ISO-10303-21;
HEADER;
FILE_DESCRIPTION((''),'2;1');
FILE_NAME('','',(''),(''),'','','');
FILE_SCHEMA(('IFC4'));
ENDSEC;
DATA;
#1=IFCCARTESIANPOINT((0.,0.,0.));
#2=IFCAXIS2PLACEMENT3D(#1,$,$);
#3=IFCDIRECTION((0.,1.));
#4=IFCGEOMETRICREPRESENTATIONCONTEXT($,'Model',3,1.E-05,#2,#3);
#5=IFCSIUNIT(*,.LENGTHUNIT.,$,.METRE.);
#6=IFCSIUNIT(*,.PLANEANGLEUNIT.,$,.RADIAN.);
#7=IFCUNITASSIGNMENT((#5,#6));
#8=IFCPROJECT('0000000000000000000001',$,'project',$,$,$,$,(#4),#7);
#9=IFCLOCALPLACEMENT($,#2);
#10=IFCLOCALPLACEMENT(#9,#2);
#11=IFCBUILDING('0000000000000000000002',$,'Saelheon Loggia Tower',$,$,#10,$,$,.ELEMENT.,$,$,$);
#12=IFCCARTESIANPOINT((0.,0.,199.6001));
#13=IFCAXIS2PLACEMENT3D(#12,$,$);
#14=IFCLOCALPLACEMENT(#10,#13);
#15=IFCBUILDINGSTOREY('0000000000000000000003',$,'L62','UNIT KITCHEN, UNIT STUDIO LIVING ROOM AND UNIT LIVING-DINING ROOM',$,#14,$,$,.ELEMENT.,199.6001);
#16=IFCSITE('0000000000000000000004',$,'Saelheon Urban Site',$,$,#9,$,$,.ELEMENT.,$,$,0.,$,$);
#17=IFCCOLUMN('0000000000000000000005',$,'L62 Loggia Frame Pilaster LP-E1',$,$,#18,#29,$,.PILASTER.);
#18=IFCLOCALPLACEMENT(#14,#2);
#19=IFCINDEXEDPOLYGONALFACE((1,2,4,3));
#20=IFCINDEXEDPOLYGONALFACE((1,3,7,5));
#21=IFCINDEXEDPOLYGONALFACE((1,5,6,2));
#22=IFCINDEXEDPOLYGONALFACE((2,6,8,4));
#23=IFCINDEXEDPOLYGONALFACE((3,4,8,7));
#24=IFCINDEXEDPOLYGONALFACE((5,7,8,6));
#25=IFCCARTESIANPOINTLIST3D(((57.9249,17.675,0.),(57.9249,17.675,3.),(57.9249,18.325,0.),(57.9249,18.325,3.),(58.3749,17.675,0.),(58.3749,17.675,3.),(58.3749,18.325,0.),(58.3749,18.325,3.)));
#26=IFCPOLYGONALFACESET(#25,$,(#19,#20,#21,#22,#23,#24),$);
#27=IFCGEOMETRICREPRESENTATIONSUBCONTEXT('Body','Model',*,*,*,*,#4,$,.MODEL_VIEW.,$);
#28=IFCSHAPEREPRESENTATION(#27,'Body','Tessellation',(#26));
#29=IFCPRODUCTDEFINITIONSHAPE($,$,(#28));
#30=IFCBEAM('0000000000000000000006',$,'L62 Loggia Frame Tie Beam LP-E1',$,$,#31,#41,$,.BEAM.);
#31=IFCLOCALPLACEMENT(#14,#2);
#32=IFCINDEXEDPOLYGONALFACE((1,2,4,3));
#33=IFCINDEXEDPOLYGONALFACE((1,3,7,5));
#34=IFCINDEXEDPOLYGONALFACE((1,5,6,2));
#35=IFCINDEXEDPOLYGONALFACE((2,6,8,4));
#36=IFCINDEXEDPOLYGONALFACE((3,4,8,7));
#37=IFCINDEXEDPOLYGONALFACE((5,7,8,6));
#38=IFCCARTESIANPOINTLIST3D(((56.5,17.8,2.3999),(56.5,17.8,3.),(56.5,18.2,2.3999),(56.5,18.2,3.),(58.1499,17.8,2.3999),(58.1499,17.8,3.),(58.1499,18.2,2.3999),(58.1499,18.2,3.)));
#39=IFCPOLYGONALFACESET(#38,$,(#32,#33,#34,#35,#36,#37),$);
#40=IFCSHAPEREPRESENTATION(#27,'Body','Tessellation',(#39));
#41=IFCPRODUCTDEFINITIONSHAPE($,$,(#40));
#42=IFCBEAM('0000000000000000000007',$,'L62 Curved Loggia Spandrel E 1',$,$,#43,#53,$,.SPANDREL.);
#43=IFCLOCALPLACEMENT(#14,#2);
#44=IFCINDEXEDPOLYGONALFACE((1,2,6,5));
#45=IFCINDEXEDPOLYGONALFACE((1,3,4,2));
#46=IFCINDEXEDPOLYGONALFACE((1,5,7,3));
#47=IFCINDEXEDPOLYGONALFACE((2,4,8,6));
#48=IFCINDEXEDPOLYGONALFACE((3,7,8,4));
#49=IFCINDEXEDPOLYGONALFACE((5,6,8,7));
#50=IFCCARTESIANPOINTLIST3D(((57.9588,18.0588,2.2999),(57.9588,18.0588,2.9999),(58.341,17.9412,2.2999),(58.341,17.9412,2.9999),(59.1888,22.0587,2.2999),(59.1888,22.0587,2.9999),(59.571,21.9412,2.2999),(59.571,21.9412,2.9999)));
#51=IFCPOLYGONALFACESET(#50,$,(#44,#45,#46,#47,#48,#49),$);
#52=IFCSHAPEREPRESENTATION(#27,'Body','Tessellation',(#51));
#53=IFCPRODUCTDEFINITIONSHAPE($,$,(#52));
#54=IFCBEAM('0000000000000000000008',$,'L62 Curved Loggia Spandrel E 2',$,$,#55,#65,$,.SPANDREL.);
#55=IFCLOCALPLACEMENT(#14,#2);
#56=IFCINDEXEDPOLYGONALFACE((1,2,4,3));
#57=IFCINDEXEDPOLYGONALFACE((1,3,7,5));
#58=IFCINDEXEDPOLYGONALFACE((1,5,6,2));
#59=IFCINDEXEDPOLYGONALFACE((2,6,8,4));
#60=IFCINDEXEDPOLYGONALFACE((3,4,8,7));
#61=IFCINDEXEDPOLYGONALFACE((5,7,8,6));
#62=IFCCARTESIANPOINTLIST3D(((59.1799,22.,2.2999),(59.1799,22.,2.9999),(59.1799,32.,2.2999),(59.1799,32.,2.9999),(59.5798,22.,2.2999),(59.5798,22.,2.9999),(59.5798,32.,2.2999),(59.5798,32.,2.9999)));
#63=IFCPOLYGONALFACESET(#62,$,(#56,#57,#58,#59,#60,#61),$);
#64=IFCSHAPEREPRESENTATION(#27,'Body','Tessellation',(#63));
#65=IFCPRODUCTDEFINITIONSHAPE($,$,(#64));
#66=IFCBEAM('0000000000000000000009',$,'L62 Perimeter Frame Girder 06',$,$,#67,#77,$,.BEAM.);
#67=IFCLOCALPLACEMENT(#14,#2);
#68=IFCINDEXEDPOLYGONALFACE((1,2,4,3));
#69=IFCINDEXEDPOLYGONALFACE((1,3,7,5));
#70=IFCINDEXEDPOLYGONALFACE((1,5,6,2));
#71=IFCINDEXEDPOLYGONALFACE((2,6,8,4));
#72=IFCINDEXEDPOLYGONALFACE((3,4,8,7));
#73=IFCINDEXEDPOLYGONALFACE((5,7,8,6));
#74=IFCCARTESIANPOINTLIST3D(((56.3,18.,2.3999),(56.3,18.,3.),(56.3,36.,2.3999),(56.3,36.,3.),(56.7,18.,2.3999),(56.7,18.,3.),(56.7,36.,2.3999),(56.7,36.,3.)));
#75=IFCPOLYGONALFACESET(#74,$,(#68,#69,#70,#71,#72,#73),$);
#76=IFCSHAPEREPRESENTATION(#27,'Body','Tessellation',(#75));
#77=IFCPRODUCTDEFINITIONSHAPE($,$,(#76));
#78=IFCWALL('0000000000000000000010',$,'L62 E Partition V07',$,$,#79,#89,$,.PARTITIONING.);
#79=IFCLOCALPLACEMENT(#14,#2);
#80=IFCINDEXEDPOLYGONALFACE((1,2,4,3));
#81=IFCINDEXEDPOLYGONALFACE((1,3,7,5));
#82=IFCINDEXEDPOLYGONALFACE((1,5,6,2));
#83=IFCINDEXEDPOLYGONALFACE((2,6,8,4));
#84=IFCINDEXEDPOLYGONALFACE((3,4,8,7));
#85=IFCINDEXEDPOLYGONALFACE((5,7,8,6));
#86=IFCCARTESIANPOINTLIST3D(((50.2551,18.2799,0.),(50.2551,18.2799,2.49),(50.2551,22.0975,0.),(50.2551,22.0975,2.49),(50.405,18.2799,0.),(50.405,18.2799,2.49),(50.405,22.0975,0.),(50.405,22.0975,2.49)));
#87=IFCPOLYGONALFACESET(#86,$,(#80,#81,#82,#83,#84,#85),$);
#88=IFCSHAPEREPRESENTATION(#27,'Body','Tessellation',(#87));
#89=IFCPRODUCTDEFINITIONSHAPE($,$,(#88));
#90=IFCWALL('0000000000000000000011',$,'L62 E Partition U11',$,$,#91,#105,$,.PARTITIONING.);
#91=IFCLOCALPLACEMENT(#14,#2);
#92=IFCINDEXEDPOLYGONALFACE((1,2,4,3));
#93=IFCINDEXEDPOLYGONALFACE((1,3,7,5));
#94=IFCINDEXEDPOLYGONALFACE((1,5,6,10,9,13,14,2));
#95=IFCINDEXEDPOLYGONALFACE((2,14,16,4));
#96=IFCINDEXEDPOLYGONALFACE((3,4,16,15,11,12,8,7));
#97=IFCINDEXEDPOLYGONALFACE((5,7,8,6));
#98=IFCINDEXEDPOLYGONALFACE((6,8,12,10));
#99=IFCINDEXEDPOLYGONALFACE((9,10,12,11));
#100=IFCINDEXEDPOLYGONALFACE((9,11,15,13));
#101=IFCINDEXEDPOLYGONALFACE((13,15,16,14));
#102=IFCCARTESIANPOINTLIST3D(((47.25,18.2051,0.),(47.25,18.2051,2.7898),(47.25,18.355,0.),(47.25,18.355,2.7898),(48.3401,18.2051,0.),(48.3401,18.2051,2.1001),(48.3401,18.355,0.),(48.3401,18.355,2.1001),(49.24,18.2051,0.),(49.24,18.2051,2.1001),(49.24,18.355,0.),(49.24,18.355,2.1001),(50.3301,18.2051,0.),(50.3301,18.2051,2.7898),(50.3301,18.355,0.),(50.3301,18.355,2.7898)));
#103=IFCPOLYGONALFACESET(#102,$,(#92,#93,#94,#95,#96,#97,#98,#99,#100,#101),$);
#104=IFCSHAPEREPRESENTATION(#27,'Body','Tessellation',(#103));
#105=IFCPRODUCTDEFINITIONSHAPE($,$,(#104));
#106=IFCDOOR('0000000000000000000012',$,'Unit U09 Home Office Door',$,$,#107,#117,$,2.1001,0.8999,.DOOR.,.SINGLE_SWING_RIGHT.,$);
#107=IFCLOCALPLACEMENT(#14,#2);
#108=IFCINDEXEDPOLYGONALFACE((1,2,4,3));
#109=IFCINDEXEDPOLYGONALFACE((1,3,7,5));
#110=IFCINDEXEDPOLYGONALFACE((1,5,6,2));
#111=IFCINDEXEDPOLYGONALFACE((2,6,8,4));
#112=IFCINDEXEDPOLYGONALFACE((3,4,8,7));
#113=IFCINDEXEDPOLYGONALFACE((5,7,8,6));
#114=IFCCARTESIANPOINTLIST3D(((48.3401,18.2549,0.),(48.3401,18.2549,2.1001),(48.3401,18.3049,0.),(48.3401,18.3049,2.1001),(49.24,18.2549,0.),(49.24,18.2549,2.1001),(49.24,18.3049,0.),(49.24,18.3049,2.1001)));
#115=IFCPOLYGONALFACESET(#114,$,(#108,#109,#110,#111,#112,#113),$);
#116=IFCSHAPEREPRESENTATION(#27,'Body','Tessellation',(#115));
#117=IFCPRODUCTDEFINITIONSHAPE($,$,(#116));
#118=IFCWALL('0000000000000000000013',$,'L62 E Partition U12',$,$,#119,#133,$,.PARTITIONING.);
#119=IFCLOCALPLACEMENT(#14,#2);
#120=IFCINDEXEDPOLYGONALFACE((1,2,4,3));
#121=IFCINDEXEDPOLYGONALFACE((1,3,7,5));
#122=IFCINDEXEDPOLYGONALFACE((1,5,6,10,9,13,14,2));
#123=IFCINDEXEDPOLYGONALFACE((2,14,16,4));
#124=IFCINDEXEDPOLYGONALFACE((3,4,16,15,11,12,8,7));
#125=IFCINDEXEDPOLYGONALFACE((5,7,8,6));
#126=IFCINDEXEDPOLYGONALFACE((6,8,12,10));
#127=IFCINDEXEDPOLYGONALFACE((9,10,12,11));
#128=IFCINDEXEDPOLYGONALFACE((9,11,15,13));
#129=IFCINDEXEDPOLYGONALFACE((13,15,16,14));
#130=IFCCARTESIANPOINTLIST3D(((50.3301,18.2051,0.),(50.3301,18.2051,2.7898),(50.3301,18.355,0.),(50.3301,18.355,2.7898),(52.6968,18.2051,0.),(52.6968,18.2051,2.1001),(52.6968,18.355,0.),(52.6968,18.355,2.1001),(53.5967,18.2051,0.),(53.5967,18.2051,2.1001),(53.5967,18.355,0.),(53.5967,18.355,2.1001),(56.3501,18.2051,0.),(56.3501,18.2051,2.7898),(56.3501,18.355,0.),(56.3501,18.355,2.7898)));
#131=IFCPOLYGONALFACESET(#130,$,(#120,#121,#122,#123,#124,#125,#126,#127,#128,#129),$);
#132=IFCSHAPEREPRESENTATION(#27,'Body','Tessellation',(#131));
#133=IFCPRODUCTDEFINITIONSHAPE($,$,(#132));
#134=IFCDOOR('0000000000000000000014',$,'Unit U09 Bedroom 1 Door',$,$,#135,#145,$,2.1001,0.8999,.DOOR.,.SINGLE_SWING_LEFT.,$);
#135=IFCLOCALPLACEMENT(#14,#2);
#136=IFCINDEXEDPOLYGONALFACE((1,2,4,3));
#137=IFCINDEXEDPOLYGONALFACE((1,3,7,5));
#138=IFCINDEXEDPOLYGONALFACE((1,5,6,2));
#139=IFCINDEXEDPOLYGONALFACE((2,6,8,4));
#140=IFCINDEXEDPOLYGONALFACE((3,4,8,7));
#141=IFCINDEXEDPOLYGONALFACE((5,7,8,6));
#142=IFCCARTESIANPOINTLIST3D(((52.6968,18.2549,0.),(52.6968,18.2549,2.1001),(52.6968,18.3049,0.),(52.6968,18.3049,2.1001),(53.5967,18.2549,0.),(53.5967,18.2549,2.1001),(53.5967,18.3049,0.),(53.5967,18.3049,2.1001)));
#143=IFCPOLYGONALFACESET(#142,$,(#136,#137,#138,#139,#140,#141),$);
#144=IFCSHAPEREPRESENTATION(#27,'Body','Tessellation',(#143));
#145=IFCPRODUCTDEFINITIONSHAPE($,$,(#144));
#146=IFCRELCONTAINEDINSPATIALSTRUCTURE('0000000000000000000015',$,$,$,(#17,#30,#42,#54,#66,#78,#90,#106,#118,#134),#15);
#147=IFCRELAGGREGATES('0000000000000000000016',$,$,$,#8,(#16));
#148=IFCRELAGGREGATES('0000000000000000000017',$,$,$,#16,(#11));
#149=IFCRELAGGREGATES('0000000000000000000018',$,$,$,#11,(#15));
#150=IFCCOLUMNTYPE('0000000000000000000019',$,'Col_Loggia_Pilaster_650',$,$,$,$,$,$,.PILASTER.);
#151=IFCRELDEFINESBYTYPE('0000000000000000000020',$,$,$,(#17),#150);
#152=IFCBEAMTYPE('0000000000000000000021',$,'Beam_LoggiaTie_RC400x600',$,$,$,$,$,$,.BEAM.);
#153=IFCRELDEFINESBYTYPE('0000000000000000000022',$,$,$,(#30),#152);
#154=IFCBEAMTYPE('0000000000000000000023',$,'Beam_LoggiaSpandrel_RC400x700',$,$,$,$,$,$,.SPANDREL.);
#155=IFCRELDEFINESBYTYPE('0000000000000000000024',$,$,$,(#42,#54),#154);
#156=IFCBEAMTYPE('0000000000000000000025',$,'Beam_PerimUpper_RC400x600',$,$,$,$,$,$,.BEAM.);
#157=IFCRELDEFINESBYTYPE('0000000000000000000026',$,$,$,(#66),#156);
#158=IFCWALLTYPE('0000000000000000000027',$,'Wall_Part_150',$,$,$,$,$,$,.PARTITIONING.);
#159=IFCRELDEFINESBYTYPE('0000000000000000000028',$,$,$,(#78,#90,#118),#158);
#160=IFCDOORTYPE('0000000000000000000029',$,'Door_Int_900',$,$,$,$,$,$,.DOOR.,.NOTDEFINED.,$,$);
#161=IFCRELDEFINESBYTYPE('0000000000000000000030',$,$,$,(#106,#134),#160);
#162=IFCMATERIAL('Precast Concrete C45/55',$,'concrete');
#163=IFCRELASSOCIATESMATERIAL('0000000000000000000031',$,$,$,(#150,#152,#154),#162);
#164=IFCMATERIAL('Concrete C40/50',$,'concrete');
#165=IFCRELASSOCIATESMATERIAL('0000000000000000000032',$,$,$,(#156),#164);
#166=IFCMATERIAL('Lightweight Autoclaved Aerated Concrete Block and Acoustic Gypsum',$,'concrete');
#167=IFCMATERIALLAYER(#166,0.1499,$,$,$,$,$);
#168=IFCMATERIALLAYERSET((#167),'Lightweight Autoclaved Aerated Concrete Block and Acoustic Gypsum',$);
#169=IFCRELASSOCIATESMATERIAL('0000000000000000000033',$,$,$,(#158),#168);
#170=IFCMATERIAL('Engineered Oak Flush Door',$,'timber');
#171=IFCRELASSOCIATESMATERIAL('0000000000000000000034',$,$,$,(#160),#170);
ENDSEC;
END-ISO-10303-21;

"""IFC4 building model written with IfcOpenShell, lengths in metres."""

from ifc_helpers import new_model, si_unit, direction, frame, frame_2d, origin, origin_2d, place, context, subcontext, project, spatial, rectangle, extrude, source, transform, mapped, material, layer, layer_set, material_profile, profile_set, type_object, element, fill, save


model = new_model("IFC4")

# Units and contexts
model_context = context("Model", 3, precision=1e-05, world=origin(), true_north=direction((0.0, 1.0)))
body_context = subcontext(model_context, "Body", "Model", "MODEL_VIEW")
ifc_project = project(units=[si_unit("LENGTHUNIT", "METRE"), si_unit("PLANEANGLEUNIT", "RADIAN")], contexts=[model_context])

# Site, building, storey
site_placement = place(None, origin())
site = spatial("IfcSite", under=ifc_project, at=site_placement, Name="Saelheon Urban Site", CompositionType="ELEMENT", RefElevation=0.0)
building_placement = place(site_placement, origin())
building = spatial("IfcBuilding", under=site, at=building_placement, Name="Saelheon Loggia Tower", CompositionType="ELEMENT")
storey_placement = place(building_placement, frame((0.0, 0.0, 199.6001)))
storey = spatial("IfcBuildingStorey", under=building, at=storey_placement, Name="L62", Description="UNIT KITCHEN, UNIT STUDIO LIVING ROOM AND UNIT LIVING-DINING ROOM", CompositionType="ELEMENT", Elevation=199.6001)

# Column
ifc_material_1 = material(Name="Precast Concrete C45/55", Category="concrete")
ifc_material_profile_1 = material_profile(ifc_material_1, rectangle(XDim=0.45, YDim=0.6499, at=origin_2d()), Name="RC-450x650")
ifc_profile_set_1 = profile_set([ifc_material_profile_1], Name="Precast Concrete C45/55")
column_type = type_object("IfcColumnType", Name="Col_Loggia_Pilaster_650", PredefinedType="PILASTER", material=ifc_profile_set_1)
shared_shape_1 = source(origin(), body_context, "Body", "SweptSolid", [
    extrude(rectangle(XDim=0.45, YDim=0.6499, at=origin_2d()), origin(), (0.0, 0.0, 1.0), 3.0),
])
column_placement = place(storey_placement, frame((58.1499, 18.0, 0.0), z_axis=(0.0, 0.0, 1.0), x_axis=(1.0, 0.0, 0.0)))
element("IfcColumn", 1, at=column_placement, inside=storey, type_object=column_type, Name="L62 Loggia Frame Pilaster LP-E1", PredefinedType="PILASTER", context=body_context, shape_type="MappedRepresentation", body=[
    mapped(shared_shape_1, transform((0.0, 0.0, 0.0), scale=1.0)),
])

# Beams
ifc_material_profile_2 = material_profile(ifc_material_1, rectangle(XDim=0.3999, YDim=0.6001, at=origin_2d()), Name="RC-400x600")
ifc_profile_set_2 = profile_set([ifc_material_profile_2], Name="Precast Concrete C45/55")
beam_type_1 = type_object("IfcBeamType", Name="Beam_LoggiaTie_RC400x600", PredefinedType="BEAM", material=ifc_profile_set_2)
shared_shape_2 = source(origin(), body_context, "Body", "SweptSolid", [
    extrude(rectangle(XDim=0.3999, YDim=0.6001, at=origin_2d()), origin(), (0.0, 0.0, 1.0), 1.6499),
])
beam_1_placement = place(storey_placement, frame((56.5, 18.0, 2.7), z_axis=(1.0, 0.0, 0.0), x_axis=(0.0, 1.0, 0.0)))
element("IfcBeam", 2, at=beam_1_placement, inside=storey, type_object=beam_type_1, Name="L62 Loggia Frame Tie Beam LP-E1", PredefinedType="BEAM", context=body_context, shape_type="MappedRepresentation", body=[
    mapped(shared_shape_2, transform((0.0, 0.0, 0.0), scale=1.0)),
])
ifc_material_profile_3 = material_profile(ifc_material_1, rectangle(XDim=0.3999, YDim=0.7, at=origin_2d()), Name="RC-400x700")
ifc_profile_set_3 = profile_set([ifc_material_profile_3], Name="Precast Concrete C45/55")
beam_type_2 = type_object("IfcBeamType", Name="Beam_LoggiaSpandrel_RC400x700", PredefinedType="SPANDREL", material=ifc_profile_set_3)
shared_shape_3 = source(origin(), body_context, "Body", "SweptSolid", [
    extrude(rectangle(XDim=0.3999, YDim=0.7, at=origin_2d()), origin(), (0.0, 0.0, 1.0), 4.1848),
])
beam_2_placement = place(storey_placement, frame((58.1499, 18.0, 2.6499), z_axis=(0.293914, 0.955832, 0.0), x_axis=(-0.955832, 0.293914, 0.0)))
element("IfcBeam", 3, at=beam_2_placement, inside=storey, type_object=beam_type_2, Name="L62 Curved Loggia Spandrel E 1", PredefinedType="SPANDREL", context=body_context, shape_type="MappedRepresentation", body=[
    mapped(shared_shape_3, transform((0.0, 0.0, 0.0), scale=1.0)),
])
shared_shape_4 = source(origin(), body_context, "Body", "SweptSolid", [
    extrude(rectangle(XDim=0.3999, YDim=0.7, at=origin_2d()), origin(), (0.0, 0.0, 1.0), 10.0),
])
beam_3_placement = place(storey_placement, frame((59.3799, 22.0, 2.6499), z_axis=(0.0, 1.0, 0.0), x_axis=(-1.0, 0.0, 0.0)))
element("IfcBeam", 4, at=beam_3_placement, inside=storey, type_object=beam_type_2, Name="L62 Curved Loggia Spandrel E 2", PredefinedType="SPANDREL", context=body_context, shape_type="MappedRepresentation", body=[
    mapped(shared_shape_4, transform((0.0, 0.0, 0.0), scale=1.0)),
])
ifc_material_2 = material(Name="Concrete C40/50", Category="concrete")
ifc_material_profile_4 = material_profile(ifc_material_2, rectangle(XDim=0.3999, YDim=0.6001, at=origin_2d()), Name="RC-400x600")
ifc_profile_set_4 = profile_set([ifc_material_profile_4], Name="Concrete C40/50")
beam_type_3 = type_object("IfcBeamType", Name="Beam_PerimUpper_RC400x600", PredefinedType="BEAM", material=ifc_profile_set_4)
shared_shape_5 = source(origin(), body_context, "Body", "SweptSolid", [
    extrude(rectangle(XDim=0.3999, YDim=0.6001, at=origin_2d()), origin(), (0.0, 0.0, 1.0), 18.0),
])
beam_4_placement = place(storey_placement, frame((56.5, 18.0, 2.7), z_axis=(0.0, 1.0, 0.0), x_axis=(-1.0, 0.0, 0.0)))
element("IfcBeam", 5, at=beam_4_placement, inside=storey, type_object=beam_type_3, Name="L62 Perimeter Frame Girder 06", PredefinedType="BEAM", context=body_context, shape_type="MappedRepresentation", body=[
    mapped(shared_shape_5, transform((0.0, 0.0, 0.0), scale=1.0)),
])

# Wall
ifc_material_3 = material(Name="Lightweight Autoclaved Aerated Concrete Block and Acoustic Gypsum", Category="concrete")
ifc_layer_1 = layer(ifc_material_3, 0.1499)
ifc_layer_set_1 = layer_set([ifc_layer_1], Name="Lightweight Autoclaved Aerated Concrete Block and Acoustic Gypsum")
wall_type_1 = type_object("IfcWallType", Name="Wall_Part_150", PredefinedType="PARTITIONING", material=ifc_layer_set_1)
wall_1_placement = place(storey_placement, frame((50.3301, 18.28, 0.0), z_axis=(0.0, 0.0, 1.0), x_axis=(0.0, 1.0, 0.0)))
element("IfcWall", 6, at=wall_1_placement, inside=storey, type_object=wall_type_1, Name="L62 E Partition V07", PredefinedType="PARTITIONING", context=body_context, shape_type="SweptSolid", body=[
    extrude(rectangle(XDim=3.8176, YDim=0.1499, at=frame_2d((1.9087, 0.0))), origin(), (0.0, 0.0, 1.0), 2.49),
])

# Walls, openings, doors
wall_2_placement = place(storey_placement, frame((47.25, 18.28, 0.0), z_axis=(0.0, 0.0, 1.0), x_axis=(1.0, 0.0, 0.0)))
wall_2 = element("IfcWall", 7, at=wall_2_placement, inside=storey, type_object=wall_type_1, Name="L62 E Partition U11", PredefinedType="PARTITIONING", context=body_context, shape_type="SweptSolid", body=[
    extrude(rectangle(XDim=3.0801, YDim=0.1499, at=frame_2d((1.54, 0.0))), origin(), (0.0, 0.0, 1.0), 2.7898),
])
opening_1_placement = place(wall_2_placement, frame((1.0901, 0.0, 0.0)))
opening_1 = element("IfcOpeningElement", 8, at=opening_1_placement, cuts=wall_2, PredefinedType="OPENING", context=body_context, shape_type="SweptSolid", body=[
    extrude(rectangle(XDim=0.8999, YDim=2.1001, at=frame_2d((0.45, 1.05))), frame((0.0, 0.0869, 0.0), z_axis=(0.0, -1.0, 0.0), x_axis=(1.0, 0.0, 0.0)), (0.0, 0.0, 1.0), 0.1738),
])
ifc_material_4 = material(Name="Engineered Oak Flush Door", Category="timber")
door_type_1 = type_object("IfcDoorType", Name="Door_Int_900", OperationType="NOTDEFINED", PredefinedType="DOOR", material=ifc_material_4)
shared_shape_6 = source(origin(), body_context, "Body", "SweptSolid", [
    extrude(rectangle(XDim=0.8999, YDim=2.1001, at=frame_2d((0.45, 1.05))), frame((0.0, 0.0249, 0.0), z_axis=(0.0, -1.0, 0.0), x_axis=(1.0, 0.0, 0.0)), (0.0, 0.0, 1.0), 0.05),
])
door_1_placement = place(opening_1_placement, origin())
door_1 = element("IfcDoor", 9, at=door_1_placement, inside=storey, type_object=door_type_1, Name="Unit U09 Home Office Door", OperationType="SINGLE_SWING_RIGHT", OverallHeight=2.1001, OverallWidth=0.8999, PredefinedType="DOOR", context=body_context, shape_type="MappedRepresentation", body=[
    mapped(shared_shape_6, transform((0.0, 0.0, 0.0), scale=1.0)),
])
fill(opening_1, door_1)
wall_3_placement = place(storey_placement, frame((50.3301, 18.28, 0.0), z_axis=(0.0, 0.0, 1.0), x_axis=(1.0, 0.0, 0.0)))
wall_3 = element("IfcWall", 10, at=wall_3_placement, inside=storey, type_object=wall_type_1, Name="L62 E Partition U12", PredefinedType="PARTITIONING", context=body_context, shape_type="SweptSolid", body=[
    extrude(rectangle(XDim=6.02, YDim=0.1499, at=frame_2d((3.01, 0.0))), origin(), (0.0, 0.0, 1.0), 2.7898),
])
opening_2_placement = place(wall_3_placement, frame((2.3667, 0.0, 0.0)))
opening_2 = element("IfcOpeningElement", 11, at=opening_2_placement, cuts=wall_3, PredefinedType="OPENING", context=body_context, shape_type="SweptSolid", body=[
    extrude(rectangle(XDim=0.8999, YDim=2.1001, at=frame_2d((0.45, 1.05))), frame((0.0, 0.0869, 0.0), z_axis=(0.0, -1.0, 0.0), x_axis=(1.0, 0.0, 0.0)), (0.0, 0.0, 1.0), 0.1738),
])
door_2_placement = place(opening_2_placement, origin())
door_2 = element("IfcDoor", 12, at=door_2_placement, inside=storey, type_object=door_type_1, Name="Unit U09 Bedroom 1 Door", OperationType="SINGLE_SWING_LEFT", OverallHeight=2.1001, OverallWidth=0.8999, PredefinedType="DOOR", context=body_context, shape_type="MappedRepresentation", body=[
    mapped(shared_shape_6, transform((0.0, 0.0, 0.0), scale=1.0)),
])
fill(opening_2, door_2)

save(model, "model.ifc")
